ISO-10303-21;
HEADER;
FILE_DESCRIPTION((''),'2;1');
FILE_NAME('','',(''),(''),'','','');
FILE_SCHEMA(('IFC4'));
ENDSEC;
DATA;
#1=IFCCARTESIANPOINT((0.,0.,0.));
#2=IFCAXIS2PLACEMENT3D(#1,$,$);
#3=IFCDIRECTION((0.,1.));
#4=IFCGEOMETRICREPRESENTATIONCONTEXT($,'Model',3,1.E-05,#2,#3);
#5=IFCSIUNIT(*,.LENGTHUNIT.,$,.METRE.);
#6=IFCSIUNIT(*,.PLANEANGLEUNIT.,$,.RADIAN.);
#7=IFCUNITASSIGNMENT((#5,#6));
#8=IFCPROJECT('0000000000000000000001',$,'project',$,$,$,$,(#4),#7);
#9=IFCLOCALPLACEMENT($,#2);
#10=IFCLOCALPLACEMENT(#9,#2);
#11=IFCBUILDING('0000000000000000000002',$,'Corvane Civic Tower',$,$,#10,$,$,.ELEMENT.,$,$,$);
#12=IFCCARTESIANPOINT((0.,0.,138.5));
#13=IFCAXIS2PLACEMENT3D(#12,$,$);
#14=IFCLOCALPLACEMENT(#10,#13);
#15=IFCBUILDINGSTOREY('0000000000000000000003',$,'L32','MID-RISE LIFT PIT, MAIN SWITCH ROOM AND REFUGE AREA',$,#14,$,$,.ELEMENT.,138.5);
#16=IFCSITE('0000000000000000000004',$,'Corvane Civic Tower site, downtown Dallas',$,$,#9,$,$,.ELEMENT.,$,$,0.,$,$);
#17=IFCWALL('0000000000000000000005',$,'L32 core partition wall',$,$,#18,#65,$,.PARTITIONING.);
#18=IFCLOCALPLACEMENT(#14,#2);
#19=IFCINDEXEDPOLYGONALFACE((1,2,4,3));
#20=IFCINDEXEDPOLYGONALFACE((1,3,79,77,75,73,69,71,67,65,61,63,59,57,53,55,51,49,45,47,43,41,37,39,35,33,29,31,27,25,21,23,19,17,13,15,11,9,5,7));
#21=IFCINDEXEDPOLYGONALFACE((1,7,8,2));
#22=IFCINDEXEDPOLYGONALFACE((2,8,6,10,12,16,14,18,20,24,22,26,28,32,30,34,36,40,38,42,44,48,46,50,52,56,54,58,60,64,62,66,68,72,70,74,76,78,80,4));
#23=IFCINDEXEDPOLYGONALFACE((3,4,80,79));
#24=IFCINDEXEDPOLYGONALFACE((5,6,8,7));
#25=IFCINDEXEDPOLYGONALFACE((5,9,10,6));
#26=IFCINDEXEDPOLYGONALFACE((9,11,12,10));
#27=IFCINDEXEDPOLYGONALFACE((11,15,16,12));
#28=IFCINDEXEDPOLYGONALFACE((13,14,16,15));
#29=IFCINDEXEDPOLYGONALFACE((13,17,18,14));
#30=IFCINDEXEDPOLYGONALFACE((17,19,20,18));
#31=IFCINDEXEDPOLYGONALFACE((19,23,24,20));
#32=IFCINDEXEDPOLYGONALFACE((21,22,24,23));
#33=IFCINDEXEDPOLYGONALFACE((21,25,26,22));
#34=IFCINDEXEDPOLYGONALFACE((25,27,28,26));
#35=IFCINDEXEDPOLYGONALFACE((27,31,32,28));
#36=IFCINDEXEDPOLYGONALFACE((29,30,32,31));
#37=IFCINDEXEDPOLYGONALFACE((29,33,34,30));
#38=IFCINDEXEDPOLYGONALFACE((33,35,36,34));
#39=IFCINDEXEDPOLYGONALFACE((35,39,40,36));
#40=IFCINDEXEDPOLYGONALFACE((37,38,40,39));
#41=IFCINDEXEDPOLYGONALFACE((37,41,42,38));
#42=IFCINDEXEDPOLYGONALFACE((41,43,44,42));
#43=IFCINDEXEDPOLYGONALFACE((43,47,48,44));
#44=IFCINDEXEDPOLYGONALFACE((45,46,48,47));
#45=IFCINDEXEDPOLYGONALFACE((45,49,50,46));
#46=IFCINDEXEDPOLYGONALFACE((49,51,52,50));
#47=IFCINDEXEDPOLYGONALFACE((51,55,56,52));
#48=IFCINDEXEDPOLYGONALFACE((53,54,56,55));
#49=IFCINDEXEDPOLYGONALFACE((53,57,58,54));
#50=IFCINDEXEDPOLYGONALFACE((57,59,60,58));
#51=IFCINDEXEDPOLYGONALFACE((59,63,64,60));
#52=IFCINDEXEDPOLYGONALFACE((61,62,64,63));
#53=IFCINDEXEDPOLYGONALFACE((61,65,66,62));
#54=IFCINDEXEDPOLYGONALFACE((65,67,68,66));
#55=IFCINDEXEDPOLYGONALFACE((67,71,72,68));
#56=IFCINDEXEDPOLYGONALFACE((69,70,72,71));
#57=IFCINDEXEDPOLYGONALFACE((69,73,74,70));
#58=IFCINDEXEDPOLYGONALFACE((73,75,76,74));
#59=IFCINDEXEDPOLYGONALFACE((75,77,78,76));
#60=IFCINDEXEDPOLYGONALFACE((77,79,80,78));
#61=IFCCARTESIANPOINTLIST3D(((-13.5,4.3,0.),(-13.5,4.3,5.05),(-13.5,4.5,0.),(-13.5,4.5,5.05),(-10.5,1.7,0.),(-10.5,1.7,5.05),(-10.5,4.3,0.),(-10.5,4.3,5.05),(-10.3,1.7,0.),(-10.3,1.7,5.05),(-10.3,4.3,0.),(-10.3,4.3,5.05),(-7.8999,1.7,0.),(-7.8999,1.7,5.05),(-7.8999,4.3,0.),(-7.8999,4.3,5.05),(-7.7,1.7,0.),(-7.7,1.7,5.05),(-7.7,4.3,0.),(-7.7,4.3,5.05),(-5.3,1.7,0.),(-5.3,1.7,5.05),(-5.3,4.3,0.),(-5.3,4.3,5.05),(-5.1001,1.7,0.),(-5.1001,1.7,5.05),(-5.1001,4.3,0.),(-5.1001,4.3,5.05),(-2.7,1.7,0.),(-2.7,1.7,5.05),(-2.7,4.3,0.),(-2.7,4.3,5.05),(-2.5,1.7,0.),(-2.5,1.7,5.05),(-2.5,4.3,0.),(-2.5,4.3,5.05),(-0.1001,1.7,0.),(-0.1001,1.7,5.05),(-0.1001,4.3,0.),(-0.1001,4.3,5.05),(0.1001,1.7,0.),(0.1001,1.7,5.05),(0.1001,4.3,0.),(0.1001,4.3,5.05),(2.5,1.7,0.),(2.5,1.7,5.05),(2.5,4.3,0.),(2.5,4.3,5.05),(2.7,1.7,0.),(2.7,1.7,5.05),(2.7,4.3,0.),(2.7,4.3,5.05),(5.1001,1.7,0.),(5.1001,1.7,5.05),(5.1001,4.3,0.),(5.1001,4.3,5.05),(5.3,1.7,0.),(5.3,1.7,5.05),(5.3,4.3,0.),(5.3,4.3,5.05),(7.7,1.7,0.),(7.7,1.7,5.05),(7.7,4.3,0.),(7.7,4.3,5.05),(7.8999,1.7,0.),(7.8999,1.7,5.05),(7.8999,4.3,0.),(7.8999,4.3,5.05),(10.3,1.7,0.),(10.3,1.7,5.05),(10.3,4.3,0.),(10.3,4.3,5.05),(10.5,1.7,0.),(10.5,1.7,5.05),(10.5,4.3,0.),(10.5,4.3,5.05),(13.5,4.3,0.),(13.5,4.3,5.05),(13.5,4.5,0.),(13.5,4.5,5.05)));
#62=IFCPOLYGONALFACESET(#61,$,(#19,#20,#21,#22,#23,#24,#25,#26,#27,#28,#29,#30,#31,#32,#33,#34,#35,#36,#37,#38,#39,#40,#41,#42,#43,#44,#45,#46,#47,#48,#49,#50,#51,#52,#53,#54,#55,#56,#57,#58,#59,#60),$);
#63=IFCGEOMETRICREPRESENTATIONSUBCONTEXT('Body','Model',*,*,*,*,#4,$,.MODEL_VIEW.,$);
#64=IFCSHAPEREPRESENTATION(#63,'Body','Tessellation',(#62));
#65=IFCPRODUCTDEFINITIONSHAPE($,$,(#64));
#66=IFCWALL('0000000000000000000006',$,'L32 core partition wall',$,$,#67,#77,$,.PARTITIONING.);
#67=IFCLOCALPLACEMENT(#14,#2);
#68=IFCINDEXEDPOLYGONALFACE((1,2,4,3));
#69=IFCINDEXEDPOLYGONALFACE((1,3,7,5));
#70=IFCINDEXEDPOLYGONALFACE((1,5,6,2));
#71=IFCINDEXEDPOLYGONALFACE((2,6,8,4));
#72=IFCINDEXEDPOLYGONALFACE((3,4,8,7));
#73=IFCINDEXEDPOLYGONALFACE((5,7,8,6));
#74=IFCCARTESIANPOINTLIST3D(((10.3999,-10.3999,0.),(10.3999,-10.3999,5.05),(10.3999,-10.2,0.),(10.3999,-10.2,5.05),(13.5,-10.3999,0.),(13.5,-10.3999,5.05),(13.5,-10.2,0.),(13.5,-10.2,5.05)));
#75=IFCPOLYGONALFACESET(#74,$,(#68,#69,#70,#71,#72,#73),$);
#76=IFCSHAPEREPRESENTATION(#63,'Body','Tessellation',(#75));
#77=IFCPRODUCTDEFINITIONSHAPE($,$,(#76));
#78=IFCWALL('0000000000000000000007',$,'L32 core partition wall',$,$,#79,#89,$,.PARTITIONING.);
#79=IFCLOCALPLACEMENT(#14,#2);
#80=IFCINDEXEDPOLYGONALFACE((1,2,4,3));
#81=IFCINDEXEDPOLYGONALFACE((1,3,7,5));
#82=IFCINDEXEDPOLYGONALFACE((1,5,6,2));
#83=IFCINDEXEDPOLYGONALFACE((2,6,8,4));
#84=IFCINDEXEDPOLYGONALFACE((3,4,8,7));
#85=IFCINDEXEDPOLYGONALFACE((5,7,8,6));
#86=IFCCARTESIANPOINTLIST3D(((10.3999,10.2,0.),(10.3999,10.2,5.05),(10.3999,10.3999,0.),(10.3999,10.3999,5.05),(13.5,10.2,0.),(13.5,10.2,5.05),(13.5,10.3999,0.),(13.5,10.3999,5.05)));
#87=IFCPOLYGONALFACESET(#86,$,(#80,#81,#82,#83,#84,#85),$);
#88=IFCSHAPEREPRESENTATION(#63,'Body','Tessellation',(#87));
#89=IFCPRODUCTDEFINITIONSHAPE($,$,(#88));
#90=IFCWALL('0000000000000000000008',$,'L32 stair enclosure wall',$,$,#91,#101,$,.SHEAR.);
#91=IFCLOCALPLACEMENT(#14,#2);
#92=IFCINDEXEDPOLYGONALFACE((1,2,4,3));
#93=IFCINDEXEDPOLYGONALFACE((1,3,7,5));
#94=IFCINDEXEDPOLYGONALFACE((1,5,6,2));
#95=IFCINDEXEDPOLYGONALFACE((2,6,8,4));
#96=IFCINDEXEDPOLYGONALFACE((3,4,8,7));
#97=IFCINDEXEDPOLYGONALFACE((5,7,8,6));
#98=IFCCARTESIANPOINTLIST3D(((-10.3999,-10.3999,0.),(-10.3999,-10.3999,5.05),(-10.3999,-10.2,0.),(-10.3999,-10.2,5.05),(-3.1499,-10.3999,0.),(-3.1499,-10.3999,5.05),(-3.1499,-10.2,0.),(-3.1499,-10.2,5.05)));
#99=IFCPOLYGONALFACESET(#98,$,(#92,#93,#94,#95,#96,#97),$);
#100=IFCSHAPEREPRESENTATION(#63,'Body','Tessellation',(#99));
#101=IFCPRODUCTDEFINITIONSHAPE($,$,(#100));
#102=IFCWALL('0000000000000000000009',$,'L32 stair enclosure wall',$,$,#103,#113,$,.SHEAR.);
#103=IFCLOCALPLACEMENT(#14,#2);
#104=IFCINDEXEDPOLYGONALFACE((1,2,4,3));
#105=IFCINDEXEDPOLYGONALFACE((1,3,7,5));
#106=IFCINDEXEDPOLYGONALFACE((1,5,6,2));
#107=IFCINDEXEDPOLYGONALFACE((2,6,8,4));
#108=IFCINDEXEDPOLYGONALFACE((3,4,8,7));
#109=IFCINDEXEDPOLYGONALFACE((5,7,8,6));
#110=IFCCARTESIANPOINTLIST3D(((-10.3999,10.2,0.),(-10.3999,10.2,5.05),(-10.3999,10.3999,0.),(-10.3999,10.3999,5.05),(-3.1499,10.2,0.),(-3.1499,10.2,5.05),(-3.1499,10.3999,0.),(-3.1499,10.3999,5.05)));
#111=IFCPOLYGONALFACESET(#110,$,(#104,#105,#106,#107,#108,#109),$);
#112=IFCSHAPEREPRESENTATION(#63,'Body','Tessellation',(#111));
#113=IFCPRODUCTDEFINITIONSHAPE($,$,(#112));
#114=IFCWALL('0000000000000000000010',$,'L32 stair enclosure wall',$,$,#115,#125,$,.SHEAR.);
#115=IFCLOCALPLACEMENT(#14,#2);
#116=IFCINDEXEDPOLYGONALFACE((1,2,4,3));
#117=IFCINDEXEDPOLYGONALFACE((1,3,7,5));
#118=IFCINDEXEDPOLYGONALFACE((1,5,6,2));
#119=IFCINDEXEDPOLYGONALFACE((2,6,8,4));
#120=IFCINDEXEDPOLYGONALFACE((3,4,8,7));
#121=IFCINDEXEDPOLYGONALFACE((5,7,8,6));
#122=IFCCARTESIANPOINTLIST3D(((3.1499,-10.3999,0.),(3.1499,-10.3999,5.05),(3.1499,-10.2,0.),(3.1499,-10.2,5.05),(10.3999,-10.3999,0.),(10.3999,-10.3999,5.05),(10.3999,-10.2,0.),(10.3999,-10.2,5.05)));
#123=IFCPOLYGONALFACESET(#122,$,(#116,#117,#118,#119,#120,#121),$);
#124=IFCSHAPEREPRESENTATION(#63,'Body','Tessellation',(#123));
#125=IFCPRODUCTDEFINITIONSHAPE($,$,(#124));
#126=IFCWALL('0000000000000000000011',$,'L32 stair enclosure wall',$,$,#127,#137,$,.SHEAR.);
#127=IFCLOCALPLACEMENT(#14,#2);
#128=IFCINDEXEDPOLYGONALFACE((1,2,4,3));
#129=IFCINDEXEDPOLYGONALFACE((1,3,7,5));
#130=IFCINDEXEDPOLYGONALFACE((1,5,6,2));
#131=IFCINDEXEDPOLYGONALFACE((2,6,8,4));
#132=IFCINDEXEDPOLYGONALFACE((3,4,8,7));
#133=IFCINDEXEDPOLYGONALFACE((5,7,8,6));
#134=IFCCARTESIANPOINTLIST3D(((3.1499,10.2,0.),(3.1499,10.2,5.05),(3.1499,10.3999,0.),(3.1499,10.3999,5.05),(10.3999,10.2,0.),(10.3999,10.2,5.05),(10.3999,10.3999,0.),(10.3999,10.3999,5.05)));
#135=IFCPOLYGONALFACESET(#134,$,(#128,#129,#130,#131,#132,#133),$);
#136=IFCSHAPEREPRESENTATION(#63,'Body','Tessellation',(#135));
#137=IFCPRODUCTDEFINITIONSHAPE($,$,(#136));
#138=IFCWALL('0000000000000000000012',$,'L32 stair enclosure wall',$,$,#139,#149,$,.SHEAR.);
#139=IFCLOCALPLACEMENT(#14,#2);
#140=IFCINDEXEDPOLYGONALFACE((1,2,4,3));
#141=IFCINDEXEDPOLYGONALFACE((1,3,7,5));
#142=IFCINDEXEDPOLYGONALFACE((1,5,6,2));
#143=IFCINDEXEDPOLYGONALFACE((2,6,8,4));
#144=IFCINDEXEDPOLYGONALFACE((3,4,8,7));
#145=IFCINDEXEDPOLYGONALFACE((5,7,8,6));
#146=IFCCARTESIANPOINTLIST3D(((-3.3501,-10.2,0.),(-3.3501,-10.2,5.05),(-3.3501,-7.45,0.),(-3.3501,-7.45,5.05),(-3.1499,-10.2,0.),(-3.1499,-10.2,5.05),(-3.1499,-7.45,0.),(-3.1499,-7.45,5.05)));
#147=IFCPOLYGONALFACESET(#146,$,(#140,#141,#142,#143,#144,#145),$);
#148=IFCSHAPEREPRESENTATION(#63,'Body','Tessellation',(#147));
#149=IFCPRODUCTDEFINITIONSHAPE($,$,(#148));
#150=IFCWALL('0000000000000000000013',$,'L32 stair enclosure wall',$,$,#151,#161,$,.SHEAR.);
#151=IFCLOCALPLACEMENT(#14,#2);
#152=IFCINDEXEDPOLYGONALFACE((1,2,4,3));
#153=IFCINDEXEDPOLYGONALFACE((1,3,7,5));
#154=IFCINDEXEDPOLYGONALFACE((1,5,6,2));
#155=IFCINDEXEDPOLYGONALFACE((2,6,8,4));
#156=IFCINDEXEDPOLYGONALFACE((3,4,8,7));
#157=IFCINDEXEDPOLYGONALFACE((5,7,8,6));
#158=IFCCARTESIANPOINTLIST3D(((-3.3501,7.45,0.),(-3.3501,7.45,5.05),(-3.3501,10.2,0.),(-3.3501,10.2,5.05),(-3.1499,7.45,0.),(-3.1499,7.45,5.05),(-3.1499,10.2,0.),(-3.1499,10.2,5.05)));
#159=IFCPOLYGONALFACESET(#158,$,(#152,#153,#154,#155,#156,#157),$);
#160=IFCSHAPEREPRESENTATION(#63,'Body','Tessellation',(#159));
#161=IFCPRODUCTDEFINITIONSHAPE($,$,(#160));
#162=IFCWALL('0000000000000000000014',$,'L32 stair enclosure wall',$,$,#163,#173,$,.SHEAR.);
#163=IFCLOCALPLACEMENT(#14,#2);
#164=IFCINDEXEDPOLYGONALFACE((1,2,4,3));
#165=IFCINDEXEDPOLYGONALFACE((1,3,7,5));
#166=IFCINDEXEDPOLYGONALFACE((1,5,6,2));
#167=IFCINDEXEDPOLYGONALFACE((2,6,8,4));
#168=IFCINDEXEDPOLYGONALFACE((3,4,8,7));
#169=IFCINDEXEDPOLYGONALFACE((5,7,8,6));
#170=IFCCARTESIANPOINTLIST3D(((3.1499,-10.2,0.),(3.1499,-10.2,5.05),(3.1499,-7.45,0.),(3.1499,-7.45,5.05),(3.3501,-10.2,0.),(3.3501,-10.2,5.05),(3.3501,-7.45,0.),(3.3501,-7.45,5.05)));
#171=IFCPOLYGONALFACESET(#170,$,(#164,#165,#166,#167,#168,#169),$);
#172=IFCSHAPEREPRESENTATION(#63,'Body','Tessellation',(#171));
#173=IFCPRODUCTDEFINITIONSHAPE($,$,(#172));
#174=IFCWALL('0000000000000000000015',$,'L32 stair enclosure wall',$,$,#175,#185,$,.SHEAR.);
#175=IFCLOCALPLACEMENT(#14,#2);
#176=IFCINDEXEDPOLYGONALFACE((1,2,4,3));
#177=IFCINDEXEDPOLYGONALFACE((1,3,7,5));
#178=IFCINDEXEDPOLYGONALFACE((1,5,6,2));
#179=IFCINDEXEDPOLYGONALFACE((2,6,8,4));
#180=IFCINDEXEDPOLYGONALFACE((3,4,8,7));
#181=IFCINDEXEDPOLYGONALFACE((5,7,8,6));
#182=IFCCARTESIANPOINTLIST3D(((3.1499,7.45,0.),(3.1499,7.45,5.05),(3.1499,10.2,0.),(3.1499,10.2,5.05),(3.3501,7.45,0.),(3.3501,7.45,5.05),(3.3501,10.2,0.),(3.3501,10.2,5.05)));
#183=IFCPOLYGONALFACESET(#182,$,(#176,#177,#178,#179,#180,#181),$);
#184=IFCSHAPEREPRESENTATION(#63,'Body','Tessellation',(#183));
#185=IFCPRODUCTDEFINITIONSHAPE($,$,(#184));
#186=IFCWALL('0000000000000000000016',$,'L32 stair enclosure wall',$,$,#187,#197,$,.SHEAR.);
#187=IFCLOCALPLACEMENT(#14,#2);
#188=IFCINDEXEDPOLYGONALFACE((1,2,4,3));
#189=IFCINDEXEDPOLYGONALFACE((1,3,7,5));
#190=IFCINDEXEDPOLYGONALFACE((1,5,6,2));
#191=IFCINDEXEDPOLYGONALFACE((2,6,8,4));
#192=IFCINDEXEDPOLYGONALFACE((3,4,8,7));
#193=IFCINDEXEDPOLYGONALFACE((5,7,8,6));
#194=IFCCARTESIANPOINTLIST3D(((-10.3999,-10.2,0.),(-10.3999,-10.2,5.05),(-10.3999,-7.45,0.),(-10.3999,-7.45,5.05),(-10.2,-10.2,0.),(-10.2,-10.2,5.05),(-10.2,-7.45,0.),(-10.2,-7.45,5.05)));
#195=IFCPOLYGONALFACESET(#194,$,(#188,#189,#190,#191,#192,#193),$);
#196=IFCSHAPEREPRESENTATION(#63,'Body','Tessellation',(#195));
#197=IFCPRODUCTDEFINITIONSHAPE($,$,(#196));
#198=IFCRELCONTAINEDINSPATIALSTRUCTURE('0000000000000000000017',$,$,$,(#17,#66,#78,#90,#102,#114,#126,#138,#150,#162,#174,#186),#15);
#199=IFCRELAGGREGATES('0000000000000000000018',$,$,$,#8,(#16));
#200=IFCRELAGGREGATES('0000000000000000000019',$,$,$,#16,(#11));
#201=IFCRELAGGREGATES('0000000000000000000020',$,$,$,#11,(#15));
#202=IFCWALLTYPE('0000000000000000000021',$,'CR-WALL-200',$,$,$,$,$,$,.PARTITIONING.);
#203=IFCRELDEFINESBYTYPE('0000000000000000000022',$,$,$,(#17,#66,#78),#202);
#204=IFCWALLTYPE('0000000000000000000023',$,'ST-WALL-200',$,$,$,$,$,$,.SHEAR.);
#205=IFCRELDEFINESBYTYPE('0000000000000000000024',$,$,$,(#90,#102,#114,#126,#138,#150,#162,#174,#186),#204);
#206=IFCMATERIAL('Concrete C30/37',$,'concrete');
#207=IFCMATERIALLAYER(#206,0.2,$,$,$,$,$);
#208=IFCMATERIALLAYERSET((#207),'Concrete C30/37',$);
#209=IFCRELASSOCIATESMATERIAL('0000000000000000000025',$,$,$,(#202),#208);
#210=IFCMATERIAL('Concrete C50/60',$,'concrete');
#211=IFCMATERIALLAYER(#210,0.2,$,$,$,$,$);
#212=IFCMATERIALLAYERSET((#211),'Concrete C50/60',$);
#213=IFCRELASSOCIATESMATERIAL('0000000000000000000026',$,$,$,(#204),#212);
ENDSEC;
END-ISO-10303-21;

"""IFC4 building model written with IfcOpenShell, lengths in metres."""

from ifc_helpers import new_model, si_unit, direction, frame, origin, place, context, subcontext, project, spatial, polyline, outline, extrude, material, layer, layer_set, type_object, element, save


model = new_model("IFC4")

# Units and contexts
model_context = context("Model", 3, precision=1e-05, world=origin(), true_north=direction((0.0, 1.0)))
body_context = subcontext(model_context, "Body", "Model", "MODEL_VIEW")
ifc_project = project(units=[si_unit("LENGTHUNIT", "METRE"), si_unit("PLANEANGLEUNIT", "RADIAN")], contexts=[model_context])

# Site, building, storey
site_placement = place(None, origin())
site = spatial("IfcSite", under=ifc_project, at=site_placement, Name="Corvane Civic Tower site, downtown Dallas", CompositionType="ELEMENT", RefElevation=0.0)
building_placement = place(site_placement, origin())
building = spatial("IfcBuilding", under=site, at=building_placement, Name="Corvane Civic Tower", CompositionType="ELEMENT")
storey_placement = place(building_placement, frame((0.0, 0.0, 138.5)))
storey = spatial("IfcBuildingStorey", under=building, at=storey_placement, Name="L32", Description="MID-RISE LIFT PIT, MAIN SWITCH ROOM AND REFUGE AREA", CompositionType="ELEMENT", Elevation=138.5)

# Shared definitions
ifc_material_1 = material(Name="Concrete C30/37", Category="concrete")
ifc_layer_1 = layer(ifc_material_1, 0.2)
ifc_layer_set_1 = layer_set([ifc_layer_1], Name="Concrete C30/37")
wall_type_1 = type_object("IfcWallType", Name="CR-WALL-200", PredefinedType="PARTITIONING", material=ifc_layer_set_1)

# Walls
wall_1_placement = place(storey_placement, origin())
element("IfcWall", 1, at=wall_1_placement, inside=storey, type_object=wall_type_1, Name="L32 core partition wall", PredefinedType="PARTITIONING", context=body_context, shape_type="SweptSolid", body=[
    extrude(outline(polyline([(-7.7, 4.3), (-7.7, 1.7), (-7.8999, 1.7), (-7.8999, 4.3), (-10.3, 4.3), (-10.3, 1.7), (-10.5, 1.7), (-10.5, 4.3), (-13.5, 4.3), (-13.5, 4.5), (13.5, 4.5), (13.5, 4.3), (10.5, 4.3), (10.5, 1.7), (10.3, 1.7), (10.3, 4.3), (7.8999, 4.3), (7.8999, 1.7), (7.7, 1.7), (7.7, 4.3), (5.3, 4.3), (5.3, 1.7), (5.1001, 1.7), (5.1001, 4.3), (2.7, 4.3), (2.7, 1.7), (2.5, 1.7), (2.5, 4.3), (0.1001, 4.3), (0.1001, 1.7), (-0.1001, 1.7), (-0.1001, 4.3), (-2.5, 4.3), (-2.5, 1.7), (-2.7, 1.7), (-2.7, 4.3), (-5.1001, 4.3), (-5.1001, 1.7), (-5.3, 1.7), (-5.3, 4.3), (-7.7, 4.3)])), origin(), (0.0, 0.0, 1.0), 5.05),
])
wall_2_placement = place(storey_placement, origin())
element("IfcWall", 2, at=wall_2_placement, inside=storey, type_object=wall_type_1, Name="L32 core partition wall", PredefinedType="PARTITIONING", context=body_context, shape_type="SweptSolid", body=[
    extrude(outline(polyline([(13.5, -10.3999), (10.3999, -10.3999), (10.3999, -10.2), (13.5, -10.2), (13.5, -10.3999)])), origin(), (0.0, 0.0, 1.0), 5.05),
])
wall_3_placement = place(storey_placement, origin())
element("IfcWall", 3, at=wall_3_placement, inside=storey, type_object=wall_type_1, Name="L32 core partition wall", PredefinedType="PARTITIONING", context=body_context, shape_type="SweptSolid", body=[
    extrude(outline(polyline([(10.3999, 10.2), (10.3999, 10.3999), (13.5, 10.3999), (13.5, 10.2), (10.3999, 10.2)])), origin(), (0.0, 0.0, 1.0), 5.05),
])
ifc_material_2 = material(Name="Concrete C50/60", Category="concrete")
ifc_layer_2 = layer(ifc_material_2, 0.2)
ifc_layer_set_2 = layer_set([ifc_layer_2], Name="Concrete C50/60")
wall_type_2 = type_object("IfcWallType", Name="ST-WALL-200", PredefinedType="SHEAR", material=ifc_layer_set_2)
wall_4_placement = place(storey_placement, origin())
element("IfcWall", 4, at=wall_4_placement, inside=storey, type_object=wall_type_2, Name="L32 stair enclosure wall", PredefinedType="SHEAR", context=body_context, shape_type="SweptSolid", body=[
    extrude(outline(polyline([(-3.1499, -10.2), (-3.1499, -10.3999), (-10.3999, -10.3999), (-10.3999, -10.2), (-3.1499, -10.2)])), origin(), (0.0, 0.0, 1.0), 5.05),
])
wall_5_placement = place(storey_placement, origin())
element("IfcWall", 5, at=wall_5_placement, inside=storey, type_object=wall_type_2, Name="L32 stair enclosure wall", PredefinedType="SHEAR", context=body_context, shape_type="SweptSolid", body=[
    extrude(outline(polyline([(-3.1499, 10.2), (-10.3999, 10.2), (-10.3999, 10.3999), (-3.1499, 10.3999), (-3.1499, 10.2)])), origin(), (0.0, 0.0, 1.0), 5.05),
])
wall_6_placement = place(storey_placement, origin())
element("IfcWall", 6, at=wall_6_placement, inside=storey, type_object=wall_type_2, Name="L32 stair enclosure wall", PredefinedType="SHEAR", context=body_context, shape_type="SweptSolid", body=[
    extrude(outline(polyline([(10.3999, -10.3999), (3.1499, -10.3999), (3.1499, -10.2), (10.3999, -10.2), (10.3999, -10.3999)])), origin(), (0.0, 0.0, 1.0), 5.05),
])
wall_7_placement = place(storey_placement, origin())
element("IfcWall", 7, at=wall_7_placement, inside=storey, type_object=wall_type_2, Name="L32 stair enclosure wall", PredefinedType="SHEAR", context=body_context, shape_type="SweptSolid", body=[
    extrude(outline(polyline([(10.3999, 10.2), (3.1499, 10.2), (3.1499, 10.3999), (10.3999, 10.3999), (10.3999, 10.2)])), origin(), (0.0, 0.0, 1.0), 5.05),
])
wall_8_placement = place(storey_placement, origin())
element("IfcWall", 8, at=wall_8_placement, inside=storey, type_object=wall_type_2, Name="L32 stair enclosure wall", PredefinedType="SHEAR", context=body_context, shape_type="SweptSolid", body=[
    extrude(outline(polyline([(-3.1499, -7.45), (-3.1499, -10.2), (-3.3501, -10.2), (-3.3501, -7.45), (-3.1499, -7.45)])), origin(), (0.0, 0.0, 1.0), 5.05),
])
wall_9_placement = place(storey_placement, origin())
element("IfcWall", 9, at=wall_9_placement, inside=storey, type_object=wall_type_2, Name="L32 stair enclosure wall", PredefinedType="SHEAR", context=body_context, shape_type="SweptSolid", body=[
    extrude(outline(polyline([(-3.1499, 7.45), (-3.3501, 7.45), (-3.3501, 10.2), (-3.1499, 10.2), (-3.1499, 7.45)])), origin(), (0.0, 0.0, 1.0), 5.05),
])
wall_10_placement = place(storey_placement, origin())
element("IfcWall", 10, at=wall_10_placement, inside=storey, type_object=wall_type_2, Name="L32 stair enclosure wall", PredefinedType="SHEAR", context=body_context, shape_type="SweptSolid", body=[
    extrude(outline(polyline([(3.3501, -7.45), (3.3501, -10.2), (3.1499, -10.2), (3.1499, -7.45), (3.3501, -7.45)])), origin(), (0.0, 0.0, 1.0), 5.05),
])
wall_11_placement = place(storey_placement, origin())
element("IfcWall", 11, at=wall_11_placement, inside=storey, type_object=wall_type_2, Name="L32 stair enclosure wall", PredefinedType="SHEAR", context=body_context, shape_type="SweptSolid", body=[
    extrude(outline(polyline([(3.3501, 7.45), (3.1499, 7.45), (3.1499, 10.2), (3.3501, 10.2), (3.3501, 7.45)])), origin(), (0.0, 0.0, 1.0), 5.05),
])
wall_12_placement = place(storey_placement, origin())
element("IfcWall", 12, at=wall_12_placement, inside=storey, type_object=wall_type_2, Name="L32 stair enclosure wall", PredefinedType="SHEAR", context=body_context, shape_type="SweptSolid", body=[
    extrude(outline(polyline([(-10.2, -7.45), (-10.2, -10.2), (-10.3999, -10.2), (-10.3999, -7.45), (-10.2, -7.45)])), origin(), (0.0, 0.0, 1.0), 5.05),
])

save(model, "model.ifc")
